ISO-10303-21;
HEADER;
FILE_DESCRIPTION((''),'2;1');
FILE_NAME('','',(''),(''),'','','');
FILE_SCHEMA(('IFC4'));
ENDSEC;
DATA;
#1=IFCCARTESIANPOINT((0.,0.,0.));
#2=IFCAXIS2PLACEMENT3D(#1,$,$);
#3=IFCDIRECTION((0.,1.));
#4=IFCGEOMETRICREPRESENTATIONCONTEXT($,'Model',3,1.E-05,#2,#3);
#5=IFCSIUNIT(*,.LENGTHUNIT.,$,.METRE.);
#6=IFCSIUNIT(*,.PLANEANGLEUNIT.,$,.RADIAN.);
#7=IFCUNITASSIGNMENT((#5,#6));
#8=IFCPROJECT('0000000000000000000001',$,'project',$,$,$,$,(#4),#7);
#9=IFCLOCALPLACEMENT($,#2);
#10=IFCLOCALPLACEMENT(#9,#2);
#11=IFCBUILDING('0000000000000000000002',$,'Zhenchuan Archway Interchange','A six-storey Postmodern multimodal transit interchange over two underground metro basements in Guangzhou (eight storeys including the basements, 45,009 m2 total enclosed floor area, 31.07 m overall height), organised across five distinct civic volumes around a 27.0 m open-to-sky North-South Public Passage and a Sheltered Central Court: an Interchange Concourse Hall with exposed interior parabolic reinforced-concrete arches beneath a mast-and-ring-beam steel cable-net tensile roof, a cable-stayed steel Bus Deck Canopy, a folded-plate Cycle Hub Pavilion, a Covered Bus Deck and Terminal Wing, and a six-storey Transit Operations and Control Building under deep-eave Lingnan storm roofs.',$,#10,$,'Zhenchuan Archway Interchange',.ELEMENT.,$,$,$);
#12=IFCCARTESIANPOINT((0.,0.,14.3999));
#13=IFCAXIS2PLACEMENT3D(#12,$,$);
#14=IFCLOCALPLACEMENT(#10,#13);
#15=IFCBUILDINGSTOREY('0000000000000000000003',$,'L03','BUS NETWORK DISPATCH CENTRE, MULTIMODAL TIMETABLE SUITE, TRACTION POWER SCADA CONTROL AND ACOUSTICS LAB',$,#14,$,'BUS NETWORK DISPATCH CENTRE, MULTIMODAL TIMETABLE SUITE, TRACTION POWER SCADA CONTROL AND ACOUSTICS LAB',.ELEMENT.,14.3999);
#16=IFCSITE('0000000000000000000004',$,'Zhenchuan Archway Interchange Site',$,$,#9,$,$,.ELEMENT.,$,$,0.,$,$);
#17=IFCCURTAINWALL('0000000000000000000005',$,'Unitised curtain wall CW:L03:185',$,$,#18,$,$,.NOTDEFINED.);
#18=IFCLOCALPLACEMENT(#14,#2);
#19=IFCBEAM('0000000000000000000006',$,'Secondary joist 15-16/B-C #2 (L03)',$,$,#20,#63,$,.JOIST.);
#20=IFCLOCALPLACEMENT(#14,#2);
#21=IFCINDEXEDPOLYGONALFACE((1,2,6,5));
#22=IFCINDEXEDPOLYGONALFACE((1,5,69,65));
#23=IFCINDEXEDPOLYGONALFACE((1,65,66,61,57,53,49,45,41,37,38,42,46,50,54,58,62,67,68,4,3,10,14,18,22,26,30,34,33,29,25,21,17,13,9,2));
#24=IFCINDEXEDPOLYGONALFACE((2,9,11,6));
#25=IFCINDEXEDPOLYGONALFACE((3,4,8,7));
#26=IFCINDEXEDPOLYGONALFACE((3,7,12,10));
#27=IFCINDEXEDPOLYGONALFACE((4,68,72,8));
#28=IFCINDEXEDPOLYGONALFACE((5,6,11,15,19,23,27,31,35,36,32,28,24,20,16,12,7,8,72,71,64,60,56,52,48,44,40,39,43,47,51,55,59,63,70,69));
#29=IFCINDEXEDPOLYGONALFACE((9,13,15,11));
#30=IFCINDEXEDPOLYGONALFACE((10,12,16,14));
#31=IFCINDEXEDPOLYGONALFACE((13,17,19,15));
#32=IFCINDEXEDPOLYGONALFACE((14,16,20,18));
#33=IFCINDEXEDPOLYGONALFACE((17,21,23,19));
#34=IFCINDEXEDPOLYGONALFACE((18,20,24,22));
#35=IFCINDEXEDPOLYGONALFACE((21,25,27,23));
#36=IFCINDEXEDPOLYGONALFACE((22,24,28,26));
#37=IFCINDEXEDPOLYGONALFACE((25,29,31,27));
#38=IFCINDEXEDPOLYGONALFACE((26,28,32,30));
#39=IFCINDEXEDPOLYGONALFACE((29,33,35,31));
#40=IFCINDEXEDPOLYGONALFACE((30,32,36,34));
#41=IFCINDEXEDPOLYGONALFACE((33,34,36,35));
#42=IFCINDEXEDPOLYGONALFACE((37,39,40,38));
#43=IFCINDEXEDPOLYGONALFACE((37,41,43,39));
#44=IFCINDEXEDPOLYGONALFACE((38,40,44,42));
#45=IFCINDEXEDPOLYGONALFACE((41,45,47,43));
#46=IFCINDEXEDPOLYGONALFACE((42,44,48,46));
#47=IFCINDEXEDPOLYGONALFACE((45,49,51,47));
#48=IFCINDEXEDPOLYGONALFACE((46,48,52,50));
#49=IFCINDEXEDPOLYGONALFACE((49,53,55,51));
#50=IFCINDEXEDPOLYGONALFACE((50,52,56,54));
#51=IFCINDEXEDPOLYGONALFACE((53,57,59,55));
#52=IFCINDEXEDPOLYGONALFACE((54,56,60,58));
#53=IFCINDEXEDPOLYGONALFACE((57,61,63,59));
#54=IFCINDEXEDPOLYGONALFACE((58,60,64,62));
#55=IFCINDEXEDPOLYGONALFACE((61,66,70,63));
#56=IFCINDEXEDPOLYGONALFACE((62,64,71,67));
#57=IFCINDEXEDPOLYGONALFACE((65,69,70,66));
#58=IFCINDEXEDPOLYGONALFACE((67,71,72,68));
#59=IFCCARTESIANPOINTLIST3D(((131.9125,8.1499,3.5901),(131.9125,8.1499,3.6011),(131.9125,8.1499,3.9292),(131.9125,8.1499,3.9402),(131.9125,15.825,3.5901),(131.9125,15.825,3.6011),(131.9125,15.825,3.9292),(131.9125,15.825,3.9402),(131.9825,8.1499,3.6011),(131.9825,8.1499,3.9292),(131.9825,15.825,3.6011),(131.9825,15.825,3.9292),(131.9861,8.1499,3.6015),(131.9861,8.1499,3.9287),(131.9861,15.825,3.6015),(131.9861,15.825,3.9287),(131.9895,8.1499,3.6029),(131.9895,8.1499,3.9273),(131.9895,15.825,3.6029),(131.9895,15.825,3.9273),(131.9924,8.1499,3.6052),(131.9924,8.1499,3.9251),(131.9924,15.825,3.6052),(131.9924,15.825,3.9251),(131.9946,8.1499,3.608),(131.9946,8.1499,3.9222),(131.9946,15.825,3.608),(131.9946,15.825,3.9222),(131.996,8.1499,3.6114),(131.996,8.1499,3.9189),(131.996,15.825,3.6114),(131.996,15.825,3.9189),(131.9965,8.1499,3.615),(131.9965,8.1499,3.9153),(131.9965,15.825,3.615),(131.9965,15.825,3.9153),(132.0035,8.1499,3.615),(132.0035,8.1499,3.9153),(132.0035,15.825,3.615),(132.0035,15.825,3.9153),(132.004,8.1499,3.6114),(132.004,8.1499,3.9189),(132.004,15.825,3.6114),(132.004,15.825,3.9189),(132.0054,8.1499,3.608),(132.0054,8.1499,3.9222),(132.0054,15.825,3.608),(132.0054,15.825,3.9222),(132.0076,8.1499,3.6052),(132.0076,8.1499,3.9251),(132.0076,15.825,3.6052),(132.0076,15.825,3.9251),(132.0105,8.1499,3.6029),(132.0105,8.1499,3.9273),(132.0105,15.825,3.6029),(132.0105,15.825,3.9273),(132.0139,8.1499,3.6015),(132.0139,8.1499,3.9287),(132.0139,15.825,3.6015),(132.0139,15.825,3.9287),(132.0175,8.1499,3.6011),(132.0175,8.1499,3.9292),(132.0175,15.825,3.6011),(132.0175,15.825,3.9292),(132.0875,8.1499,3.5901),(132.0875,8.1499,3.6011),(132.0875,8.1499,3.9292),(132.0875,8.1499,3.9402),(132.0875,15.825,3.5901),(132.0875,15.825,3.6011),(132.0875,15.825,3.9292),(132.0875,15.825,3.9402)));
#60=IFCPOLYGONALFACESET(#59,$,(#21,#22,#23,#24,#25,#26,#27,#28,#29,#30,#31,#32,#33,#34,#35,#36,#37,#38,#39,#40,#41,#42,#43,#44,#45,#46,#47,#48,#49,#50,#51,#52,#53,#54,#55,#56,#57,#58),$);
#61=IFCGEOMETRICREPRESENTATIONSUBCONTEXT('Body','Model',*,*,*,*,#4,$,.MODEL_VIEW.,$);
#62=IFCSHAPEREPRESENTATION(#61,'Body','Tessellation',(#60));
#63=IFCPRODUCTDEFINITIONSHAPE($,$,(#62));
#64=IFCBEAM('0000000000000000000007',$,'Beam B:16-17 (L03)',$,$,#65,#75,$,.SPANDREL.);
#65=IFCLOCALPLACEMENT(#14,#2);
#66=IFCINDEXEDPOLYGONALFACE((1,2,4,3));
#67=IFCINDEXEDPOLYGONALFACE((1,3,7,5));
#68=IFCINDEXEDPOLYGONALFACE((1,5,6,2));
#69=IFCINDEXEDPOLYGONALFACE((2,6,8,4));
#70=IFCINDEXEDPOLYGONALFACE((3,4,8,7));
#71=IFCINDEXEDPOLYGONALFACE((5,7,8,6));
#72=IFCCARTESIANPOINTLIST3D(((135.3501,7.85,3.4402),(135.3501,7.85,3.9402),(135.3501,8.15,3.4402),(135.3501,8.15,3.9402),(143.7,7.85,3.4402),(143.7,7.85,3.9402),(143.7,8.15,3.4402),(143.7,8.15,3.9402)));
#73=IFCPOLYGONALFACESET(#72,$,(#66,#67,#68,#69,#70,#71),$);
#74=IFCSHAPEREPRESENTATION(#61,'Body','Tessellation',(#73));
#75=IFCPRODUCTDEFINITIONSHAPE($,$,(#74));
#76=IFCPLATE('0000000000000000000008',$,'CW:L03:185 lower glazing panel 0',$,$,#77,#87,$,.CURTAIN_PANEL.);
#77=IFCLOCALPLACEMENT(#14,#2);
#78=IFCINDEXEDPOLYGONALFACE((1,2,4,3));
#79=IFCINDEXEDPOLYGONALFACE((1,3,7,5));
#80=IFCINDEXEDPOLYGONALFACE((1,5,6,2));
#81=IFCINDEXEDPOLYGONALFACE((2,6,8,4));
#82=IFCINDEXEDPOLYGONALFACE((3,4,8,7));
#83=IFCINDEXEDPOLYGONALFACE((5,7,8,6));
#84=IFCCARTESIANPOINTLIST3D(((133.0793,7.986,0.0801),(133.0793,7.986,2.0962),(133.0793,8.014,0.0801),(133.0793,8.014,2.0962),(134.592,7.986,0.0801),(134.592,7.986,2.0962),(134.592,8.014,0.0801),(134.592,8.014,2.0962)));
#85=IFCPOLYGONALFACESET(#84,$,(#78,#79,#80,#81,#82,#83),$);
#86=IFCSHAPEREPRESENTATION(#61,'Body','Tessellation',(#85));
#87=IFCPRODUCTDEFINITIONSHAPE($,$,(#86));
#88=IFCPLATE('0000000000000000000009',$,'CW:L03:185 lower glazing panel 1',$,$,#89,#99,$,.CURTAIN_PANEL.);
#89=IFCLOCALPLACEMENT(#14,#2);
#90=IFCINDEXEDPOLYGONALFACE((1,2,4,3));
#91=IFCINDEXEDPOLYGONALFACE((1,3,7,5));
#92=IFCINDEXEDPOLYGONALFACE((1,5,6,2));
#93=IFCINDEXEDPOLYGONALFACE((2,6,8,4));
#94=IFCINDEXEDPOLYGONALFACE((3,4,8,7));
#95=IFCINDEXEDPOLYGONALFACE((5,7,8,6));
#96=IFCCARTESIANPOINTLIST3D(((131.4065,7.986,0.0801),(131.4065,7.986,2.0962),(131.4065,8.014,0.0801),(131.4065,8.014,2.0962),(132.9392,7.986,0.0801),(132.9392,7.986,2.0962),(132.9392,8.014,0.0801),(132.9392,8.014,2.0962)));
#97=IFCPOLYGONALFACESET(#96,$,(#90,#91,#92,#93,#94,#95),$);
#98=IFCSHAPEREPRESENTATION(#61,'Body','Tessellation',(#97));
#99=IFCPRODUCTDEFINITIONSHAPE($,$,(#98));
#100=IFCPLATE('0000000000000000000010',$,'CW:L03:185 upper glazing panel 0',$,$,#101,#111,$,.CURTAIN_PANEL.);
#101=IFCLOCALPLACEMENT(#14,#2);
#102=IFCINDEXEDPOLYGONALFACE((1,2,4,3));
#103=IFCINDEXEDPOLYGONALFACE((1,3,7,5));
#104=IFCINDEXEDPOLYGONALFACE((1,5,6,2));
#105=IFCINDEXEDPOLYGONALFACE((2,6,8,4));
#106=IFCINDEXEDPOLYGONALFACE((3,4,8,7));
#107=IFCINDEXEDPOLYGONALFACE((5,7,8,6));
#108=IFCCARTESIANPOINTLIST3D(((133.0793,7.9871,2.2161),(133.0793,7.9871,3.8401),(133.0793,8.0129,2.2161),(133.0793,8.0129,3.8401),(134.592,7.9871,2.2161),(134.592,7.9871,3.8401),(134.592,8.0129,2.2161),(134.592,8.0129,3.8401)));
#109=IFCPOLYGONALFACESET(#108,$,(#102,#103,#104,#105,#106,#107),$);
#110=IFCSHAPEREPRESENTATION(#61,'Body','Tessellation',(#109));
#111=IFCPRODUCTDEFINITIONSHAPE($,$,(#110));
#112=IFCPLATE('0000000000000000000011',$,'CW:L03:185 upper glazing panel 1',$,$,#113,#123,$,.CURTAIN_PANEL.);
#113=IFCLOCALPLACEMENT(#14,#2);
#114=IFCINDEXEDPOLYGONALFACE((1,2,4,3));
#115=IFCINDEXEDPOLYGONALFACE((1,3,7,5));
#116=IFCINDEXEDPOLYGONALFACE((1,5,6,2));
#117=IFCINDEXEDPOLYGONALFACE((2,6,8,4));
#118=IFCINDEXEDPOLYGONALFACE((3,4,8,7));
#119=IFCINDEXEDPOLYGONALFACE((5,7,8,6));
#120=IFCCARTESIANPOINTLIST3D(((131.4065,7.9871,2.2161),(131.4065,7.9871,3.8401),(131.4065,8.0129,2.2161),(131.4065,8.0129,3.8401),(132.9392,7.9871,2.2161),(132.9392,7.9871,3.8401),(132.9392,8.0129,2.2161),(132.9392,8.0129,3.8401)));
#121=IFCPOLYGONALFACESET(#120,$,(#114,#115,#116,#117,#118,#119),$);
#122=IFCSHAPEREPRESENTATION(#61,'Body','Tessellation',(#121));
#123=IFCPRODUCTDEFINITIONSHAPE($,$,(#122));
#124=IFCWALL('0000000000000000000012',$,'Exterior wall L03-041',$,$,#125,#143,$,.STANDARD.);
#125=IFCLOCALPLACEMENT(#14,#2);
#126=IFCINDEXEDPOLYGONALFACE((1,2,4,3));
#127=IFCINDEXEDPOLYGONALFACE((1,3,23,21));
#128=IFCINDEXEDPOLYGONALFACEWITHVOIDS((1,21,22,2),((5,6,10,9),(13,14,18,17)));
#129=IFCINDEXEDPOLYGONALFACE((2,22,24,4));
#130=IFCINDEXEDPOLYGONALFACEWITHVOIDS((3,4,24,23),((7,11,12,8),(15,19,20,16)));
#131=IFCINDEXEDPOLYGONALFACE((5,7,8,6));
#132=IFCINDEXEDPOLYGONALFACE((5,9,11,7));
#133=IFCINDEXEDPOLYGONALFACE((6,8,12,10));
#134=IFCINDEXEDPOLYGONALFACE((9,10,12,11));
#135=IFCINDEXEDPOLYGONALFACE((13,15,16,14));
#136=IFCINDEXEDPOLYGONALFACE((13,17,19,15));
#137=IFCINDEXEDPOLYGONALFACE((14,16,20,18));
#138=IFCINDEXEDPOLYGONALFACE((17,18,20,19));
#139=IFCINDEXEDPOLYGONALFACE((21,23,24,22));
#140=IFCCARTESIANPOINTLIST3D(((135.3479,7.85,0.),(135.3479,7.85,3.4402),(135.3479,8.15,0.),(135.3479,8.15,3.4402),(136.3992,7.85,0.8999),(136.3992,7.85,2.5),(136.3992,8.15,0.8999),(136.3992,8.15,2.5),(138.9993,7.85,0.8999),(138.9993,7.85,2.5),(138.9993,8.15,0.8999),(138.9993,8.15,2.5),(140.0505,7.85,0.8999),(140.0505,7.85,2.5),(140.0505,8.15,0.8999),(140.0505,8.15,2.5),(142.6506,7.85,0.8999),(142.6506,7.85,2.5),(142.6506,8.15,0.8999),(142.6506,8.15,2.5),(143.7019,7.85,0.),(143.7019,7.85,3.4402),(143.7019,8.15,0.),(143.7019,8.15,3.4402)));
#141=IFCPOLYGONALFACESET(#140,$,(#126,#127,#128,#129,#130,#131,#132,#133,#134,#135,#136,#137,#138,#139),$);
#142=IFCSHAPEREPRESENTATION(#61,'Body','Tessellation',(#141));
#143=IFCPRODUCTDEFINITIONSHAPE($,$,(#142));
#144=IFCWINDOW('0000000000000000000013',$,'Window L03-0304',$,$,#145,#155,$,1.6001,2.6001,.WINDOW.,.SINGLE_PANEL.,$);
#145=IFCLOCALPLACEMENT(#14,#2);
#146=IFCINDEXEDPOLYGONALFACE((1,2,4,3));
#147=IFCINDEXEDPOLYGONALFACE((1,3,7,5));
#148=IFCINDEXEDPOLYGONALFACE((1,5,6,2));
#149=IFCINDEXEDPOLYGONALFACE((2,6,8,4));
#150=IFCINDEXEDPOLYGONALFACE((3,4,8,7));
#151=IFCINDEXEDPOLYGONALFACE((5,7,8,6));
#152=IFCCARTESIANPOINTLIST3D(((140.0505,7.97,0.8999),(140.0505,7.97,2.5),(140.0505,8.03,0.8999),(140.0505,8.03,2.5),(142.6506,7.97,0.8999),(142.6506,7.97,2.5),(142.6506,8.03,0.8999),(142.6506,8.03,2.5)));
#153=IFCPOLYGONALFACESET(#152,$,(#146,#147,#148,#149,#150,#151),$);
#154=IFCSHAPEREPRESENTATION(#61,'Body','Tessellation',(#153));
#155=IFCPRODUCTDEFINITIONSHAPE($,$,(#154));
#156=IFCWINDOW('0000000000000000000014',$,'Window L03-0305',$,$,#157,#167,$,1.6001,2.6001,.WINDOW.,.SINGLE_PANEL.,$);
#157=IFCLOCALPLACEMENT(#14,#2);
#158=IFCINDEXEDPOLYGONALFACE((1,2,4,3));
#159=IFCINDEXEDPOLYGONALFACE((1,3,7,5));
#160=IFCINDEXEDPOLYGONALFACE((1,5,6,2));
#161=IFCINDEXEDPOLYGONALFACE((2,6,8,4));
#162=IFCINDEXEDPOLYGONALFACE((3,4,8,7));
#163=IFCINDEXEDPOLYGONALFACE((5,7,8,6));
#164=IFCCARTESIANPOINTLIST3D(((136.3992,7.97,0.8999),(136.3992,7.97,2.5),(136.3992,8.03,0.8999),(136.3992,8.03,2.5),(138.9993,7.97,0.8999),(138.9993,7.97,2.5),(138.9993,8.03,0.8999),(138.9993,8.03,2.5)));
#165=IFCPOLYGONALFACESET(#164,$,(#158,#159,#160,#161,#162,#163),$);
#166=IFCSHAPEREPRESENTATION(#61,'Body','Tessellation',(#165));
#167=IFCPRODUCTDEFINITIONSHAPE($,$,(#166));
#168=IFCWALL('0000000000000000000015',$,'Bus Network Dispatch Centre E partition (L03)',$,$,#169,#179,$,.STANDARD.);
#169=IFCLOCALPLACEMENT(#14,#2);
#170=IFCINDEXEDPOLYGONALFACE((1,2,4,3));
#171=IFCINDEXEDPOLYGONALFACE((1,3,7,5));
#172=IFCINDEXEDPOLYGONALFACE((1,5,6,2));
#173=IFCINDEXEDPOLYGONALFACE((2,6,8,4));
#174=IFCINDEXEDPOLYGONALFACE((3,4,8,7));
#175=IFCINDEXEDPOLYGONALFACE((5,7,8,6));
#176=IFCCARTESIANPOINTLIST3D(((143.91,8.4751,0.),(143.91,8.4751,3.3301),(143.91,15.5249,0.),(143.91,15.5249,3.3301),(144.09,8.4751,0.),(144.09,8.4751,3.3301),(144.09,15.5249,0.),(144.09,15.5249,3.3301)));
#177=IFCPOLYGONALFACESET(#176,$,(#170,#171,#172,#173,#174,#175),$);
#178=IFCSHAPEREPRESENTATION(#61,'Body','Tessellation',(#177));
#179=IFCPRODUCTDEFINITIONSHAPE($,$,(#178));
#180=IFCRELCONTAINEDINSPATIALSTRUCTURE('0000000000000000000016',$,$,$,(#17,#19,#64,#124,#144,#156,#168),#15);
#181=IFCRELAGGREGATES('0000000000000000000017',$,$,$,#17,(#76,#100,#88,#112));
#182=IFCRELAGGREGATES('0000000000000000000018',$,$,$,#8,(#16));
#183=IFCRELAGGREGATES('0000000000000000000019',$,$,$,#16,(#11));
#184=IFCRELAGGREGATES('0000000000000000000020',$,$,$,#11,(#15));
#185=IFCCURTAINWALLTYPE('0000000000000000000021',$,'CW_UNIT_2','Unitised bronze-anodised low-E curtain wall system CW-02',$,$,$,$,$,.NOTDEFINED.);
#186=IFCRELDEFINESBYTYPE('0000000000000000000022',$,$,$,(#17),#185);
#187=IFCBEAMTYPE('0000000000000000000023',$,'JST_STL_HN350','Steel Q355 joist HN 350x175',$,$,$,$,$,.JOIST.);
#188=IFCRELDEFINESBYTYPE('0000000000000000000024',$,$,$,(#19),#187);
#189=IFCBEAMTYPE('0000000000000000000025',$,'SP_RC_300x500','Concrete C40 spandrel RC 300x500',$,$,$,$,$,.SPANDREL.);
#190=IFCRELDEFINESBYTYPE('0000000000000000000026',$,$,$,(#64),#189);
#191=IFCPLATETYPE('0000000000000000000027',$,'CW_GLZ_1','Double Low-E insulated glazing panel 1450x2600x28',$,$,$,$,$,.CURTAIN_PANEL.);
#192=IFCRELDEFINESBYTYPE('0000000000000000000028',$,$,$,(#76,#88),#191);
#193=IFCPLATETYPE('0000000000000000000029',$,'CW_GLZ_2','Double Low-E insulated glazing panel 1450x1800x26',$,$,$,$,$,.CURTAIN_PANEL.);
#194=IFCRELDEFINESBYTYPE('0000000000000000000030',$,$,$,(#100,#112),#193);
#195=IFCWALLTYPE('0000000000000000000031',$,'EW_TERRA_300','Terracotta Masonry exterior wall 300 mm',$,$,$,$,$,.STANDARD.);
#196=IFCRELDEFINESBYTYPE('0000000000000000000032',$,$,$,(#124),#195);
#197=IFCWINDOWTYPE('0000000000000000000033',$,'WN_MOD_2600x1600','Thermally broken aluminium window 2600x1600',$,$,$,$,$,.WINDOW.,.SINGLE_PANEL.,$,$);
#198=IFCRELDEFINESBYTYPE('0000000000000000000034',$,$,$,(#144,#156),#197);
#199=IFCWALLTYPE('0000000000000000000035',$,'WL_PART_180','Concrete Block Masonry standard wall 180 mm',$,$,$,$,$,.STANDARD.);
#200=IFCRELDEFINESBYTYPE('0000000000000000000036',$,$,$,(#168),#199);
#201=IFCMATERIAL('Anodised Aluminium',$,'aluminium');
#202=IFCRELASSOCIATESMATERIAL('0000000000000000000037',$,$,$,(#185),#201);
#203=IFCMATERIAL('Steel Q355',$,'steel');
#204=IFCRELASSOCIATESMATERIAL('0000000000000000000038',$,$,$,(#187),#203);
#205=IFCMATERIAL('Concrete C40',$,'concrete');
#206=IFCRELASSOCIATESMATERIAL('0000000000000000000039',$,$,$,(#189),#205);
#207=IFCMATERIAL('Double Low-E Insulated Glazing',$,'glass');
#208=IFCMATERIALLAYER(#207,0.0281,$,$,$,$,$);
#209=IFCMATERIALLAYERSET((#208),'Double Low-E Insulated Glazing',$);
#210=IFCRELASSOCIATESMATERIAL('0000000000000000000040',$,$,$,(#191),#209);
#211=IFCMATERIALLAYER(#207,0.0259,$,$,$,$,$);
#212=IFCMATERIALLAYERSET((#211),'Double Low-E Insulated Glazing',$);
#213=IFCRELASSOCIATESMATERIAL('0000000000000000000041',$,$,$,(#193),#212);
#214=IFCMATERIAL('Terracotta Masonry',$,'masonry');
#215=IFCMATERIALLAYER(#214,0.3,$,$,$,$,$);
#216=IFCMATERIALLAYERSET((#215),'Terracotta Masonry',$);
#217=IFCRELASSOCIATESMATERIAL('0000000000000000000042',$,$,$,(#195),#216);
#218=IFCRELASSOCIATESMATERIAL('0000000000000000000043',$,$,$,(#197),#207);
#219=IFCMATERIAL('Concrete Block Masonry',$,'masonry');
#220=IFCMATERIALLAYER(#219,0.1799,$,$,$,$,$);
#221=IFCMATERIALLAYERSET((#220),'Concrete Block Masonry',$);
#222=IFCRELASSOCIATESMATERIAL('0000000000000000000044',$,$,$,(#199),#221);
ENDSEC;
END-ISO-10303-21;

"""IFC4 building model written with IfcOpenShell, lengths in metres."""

from ifc_helpers import new_model, si_unit, direction, frame, frame_2d, origin, origin_2d, place, context, subcontext, project, spatial, rectangle, i_section, extrude, material, layer, layer_set, material_profile, profile_set, type_object, element, fill, aggregate, save


model = new_model("IFC4")

# Units and contexts
model_context = context("Model", 3, precision=1e-05, world=origin(), true_north=direction((0.0, 1.0)))
body_context = subcontext(model_context, "Body", "Model", "MODEL_VIEW")
ifc_project = project(units=[si_unit("LENGTHUNIT", "METRE"), si_unit("PLANEANGLEUNIT", "RADIAN")], contexts=[model_context])

# Site, building, storey
site_placement = place(None, origin())
site = spatial("IfcSite", under=ifc_project, at=site_placement, Name="Zhenchuan Archway Interchange Site", CompositionType="ELEMENT", RefElevation=0.0)
building_placement = place(site_placement, origin())
building = spatial("IfcBuilding", under=site, at=building_placement, Name="Zhenchuan Archway Interchange", Description="A six-storey Postmodern multimodal transit interchange over two underground metro basements in Guangzhou (eight storeys including the basements, 45,009 m2 total enclosed floor area, 31.07 m overall height), organised across five distinct civic volumes around a 27.0 m open-to-sky North-South Public Passage and a Sheltered Central Court: an Interchange Concourse Hall with exposed interior parabolic reinforced-concrete arches beneath a mast-and-ring-beam steel cable-net tensile roof, a cable-stayed steel Bus Deck Canopy, a folded-plate Cycle Hub Pavilion, a Covered Bus Deck and Terminal Wing, and a six-storey Transit Operations and Control Building under deep-eave Lingnan storm roofs.", LongName="Zhenchuan Archway Interchange", CompositionType="ELEMENT")
storey_placement = place(building_placement, frame((0.0, 0.0, 14.3999)))
storey = spatial("IfcBuildingStorey", under=building, at=storey_placement, Name="L03", Description="BUS NETWORK DISPATCH CENTRE, MULTIMODAL TIMETABLE SUITE, TRACTION POWER SCADA CONTROL AND ACOUSTICS LAB", LongName="BUS NETWORK DISPATCH CENTRE, MULTIMODAL TIMETABLE SUITE, TRACTION POWER SCADA CONTROL AND ACOUSTICS LAB", CompositionType="ELEMENT", Elevation=14.3999)

# Shared definitions
ifc_material_1 = material(Name="Concrete C40", Category="concrete")

# Curtain wall
ifc_material_2 = material(Name="Anodised Aluminium", Category="aluminium")
curtain_wall_type = type_object("IfcCurtainWallType", Name="CW_UNIT_2", Description="Unitised bronze-anodised low-E curtain wall system CW-02", PredefinedType="NOTDEFINED", material=ifc_material_2)
curtain_wall_placement = place(storey_placement, origin())
curtain_wall = element("IfcCurtainWall", 1, at=curtain_wall_placement, inside=storey, type_object=curtain_wall_type, Name="Unitised curtain wall CW:L03:185", PredefinedType="NOTDEFINED")

# Beams
ifc_material_3 = material(Name="Steel Q355", Category="steel")
ifc_material_profile_1 = material_profile(ifc_material_3, i_section(OverallWidth=0.175, OverallDepth=0.3501, WebThickness=0.0071, FlangeThickness=0.011, FilletRadius=0.0139, at=origin_2d()), Name="HN 350x175")
ifc_profile_set_1 = profile_set([ifc_material_profile_1], Name="Steel Q355")
beam_type_1 = type_object("IfcBeamType", Name="JST_STL_HN350", Description="Steel Q355 joist HN 350x175", PredefinedType="JOIST", material=ifc_profile_set_1)
beam_1_placement = place(storey_placement, frame((132.0, 8.1499, 3.7651), z_axis=(0.0, 1.0, 0.0), x_axis=(-1.0, 0.0, 0.0)))
element("IfcBeam", 2, at=beam_1_placement, inside=storey, type_object=beam_type_1, Name="Secondary joist 15-16/B-C #2 (L03)", PredefinedType="JOIST", context=body_context, shape_type="SweptSolid", body=[
    extrude(i_section(OverallWidth=0.175, OverallDepth=0.3501, WebThickness=0.0071, FlangeThickness=0.011, FilletRadius=0.0139, at=origin_2d()), origin(), (0.0, 0.0, 1.0), 7.675),
])
ifc_material_profile_2 = material_profile(ifc_material_1, rectangle(XDim=0.3, YDim=0.5, at=origin_2d()), Name="RC 300x500")
ifc_profile_set_2 = profile_set([ifc_material_profile_2], Name="Concrete C40")
beam_type_2 = type_object("IfcBeamType", Name="SP_RC_300x500", Description="Concrete C40 spandrel RC 300x500", PredefinedType="SPANDREL", material=ifc_profile_set_2)
beam_2_placement = place(storey_placement, frame((135.3501, 8.0, 3.6902), z_axis=(1.0, 0.0, 0.0), x_axis=(0.0, 1.0, 0.0)))
element("IfcBeam", 3, at=beam_2_placement, inside=storey, type_object=beam_type_2, Name="Beam B:16-17 (L03)", PredefinedType="SPANDREL", context=body_context, shape_type="SweptSolid", body=[
    extrude(rectangle(XDim=0.3, YDim=0.5, at=origin_2d()), origin(), (0.0, 0.0, 1.0), 8.3499),
])

# Plates
ifc_material_4 = material(Name="Double Low-E Insulated Glazing", Category="glass")
ifc_layer_1 = layer(ifc_material_4, 0.0281)
ifc_layer_set_1 = layer_set([ifc_layer_1], Name="Double Low-E Insulated Glazing")
plate_type_1 = type_object("IfcPlateType", Name="CW_GLZ_1", Description="Double Low-E insulated glazing panel 1450x2600x28", PredefinedType="CURTAIN_PANEL", material=ifc_layer_set_1)
plate_1_placement = place(storey_placement, frame((133.8357, 8.0, 0.0801), z_axis=(0.0, 0.0, 1.0), x_axis=(-1.0, 0.0, 0.0)))
plate_1 = element("IfcPlate", 4, at=plate_1_placement, type_object=plate_type_1, Name="CW:L03:185 lower glazing panel 0", PredefinedType="CURTAIN_PANEL", context=body_context, shape_type="SweptSolid", body=[
    extrude(rectangle(XDim=1.5127, YDim=0.0281, at=origin_2d()), origin(), (0.0, 0.0, 1.0), 2.0161),
])
plate_2_placement = place(storey_placement, frame((132.1729, 8.0, 0.0801), z_axis=(0.0, 0.0, 1.0), x_axis=(-1.0, 0.0, 0.0)))
plate_2 = element("IfcPlate", 5, at=plate_2_placement, type_object=plate_type_1, Name="CW:L03:185 lower glazing panel 1", PredefinedType="CURTAIN_PANEL", context=body_context, shape_type="SweptSolid", body=[
    extrude(rectangle(XDim=1.5327, YDim=0.0281, at=origin_2d()), origin(), (0.0, 0.0, 1.0), 2.0161),
])
ifc_layer_2 = layer(ifc_material_4, 0.0259)
ifc_layer_set_2 = layer_set([ifc_layer_2], Name="Double Low-E Insulated Glazing")
plate_type_2 = type_object("IfcPlateType", Name="CW_GLZ_2", Description="Double Low-E insulated glazing panel 1450x1800x26", PredefinedType="CURTAIN_PANEL", material=ifc_layer_set_2)
plate_3_placement = place(storey_placement, frame((133.8357, 8.0, 2.2161), z_axis=(0.0, 0.0, 1.0), x_axis=(-1.0, 0.0, 0.0)))
plate_3 = element("IfcPlate", 6, at=plate_3_placement, type_object=plate_type_2, Name="CW:L03:185 upper glazing panel 0", PredefinedType="CURTAIN_PANEL", context=body_context, shape_type="SweptSolid", body=[
    extrude(rectangle(XDim=1.5127, YDim=0.0259, at=origin_2d()), origin(), (0.0, 0.0, 1.0), 1.624),
])
plate_4_placement = place(storey_placement, frame((132.1729, 8.0, 2.2161), z_axis=(0.0, 0.0, 1.0), x_axis=(-1.0, 0.0, 0.0)))
plate_4 = element("IfcPlate", 7, at=plate_4_placement, type_object=plate_type_2, Name="CW:L03:185 upper glazing panel 1", PredefinedType="CURTAIN_PANEL", context=body_context, shape_type="SweptSolid", body=[
    extrude(rectangle(XDim=1.5327, YDim=0.0259, at=origin_2d()), origin(), (0.0, 0.0, 1.0), 1.624),
])
aggregate(curtain_wall, [plate_1, plate_3, plate_2, plate_4])

# Wall, openings, windows
ifc_material_5 = material(Name="Terracotta Masonry", Category="masonry")
ifc_layer_3 = layer(ifc_material_5, 0.3)
ifc_layer_set_3 = layer_set([ifc_layer_3], Name="Terracotta Masonry")
wall_type_1 = type_object("IfcWallType", Name="EW_TERRA_300", Description="Terracotta Masonry exterior wall 300 mm", PredefinedType="STANDARD", material=ifc_layer_set_3)
wall_1_placement = place(storey_placement, frame((143.7019, 8.0, 0.0), z_axis=(0.0, 0.0, 1.0), x_axis=(-1.0, 0.0, 0.0)))
wall_1 = element("IfcWall", 8, at=wall_1_placement, inside=storey, type_object=wall_type_1, Name="Exterior wall L03-041", PredefinedType="STANDARD", context=body_context, shape_type="SweptSolid", body=[
    extrude(rectangle(XDim=8.354, YDim=0.3, at=frame_2d((4.177, 0.0))), origin(), (0.0, 0.0, 1.0), 3.4402),
])
opening_1_placement = place(wall_1_placement, frame((1.0513, 0.0, 0.8999)))
opening_1 = element("IfcOpeningElement", 9, at=opening_1_placement, cuts=wall_1, PredefinedType="OPENING", context=body_context, shape_type="SweptSolid", body=[
    extrude(rectangle(XDim=2.6001, YDim=1.6001, at=frame_2d((1.3, 0.8))), frame((0.0, 0.1621, 0.0), z_axis=(0.0, -1.0, 0.0), x_axis=(1.0, 0.0, 0.0)), (0.0, 0.0, 1.0), 0.324),
])
opening_2_placement = place(wall_1_placement, frame((4.7026, 0.0, 0.8999)))
opening_2 = element("IfcOpeningElement", 10, at=opening_2_placement, cuts=wall_1, PredefinedType="OPENING", context=body_context, shape_type="SweptSolid", body=[
    extrude(rectangle(XDim=2.6001, YDim=1.6001, at=frame_2d((1.3, 0.8))), frame((0.0, 0.1621, 0.0), z_axis=(0.0, -1.0, 0.0), x_axis=(1.0, 0.0, 0.0)), (0.0, 0.0, 1.0), 0.324),
])
window_type = type_object("IfcWindowType", Name="WN_MOD_2600x1600", Description="Thermally broken aluminium window 2600x1600", PartitioningType="SINGLE_PANEL", PredefinedType="WINDOW", material=ifc_material_4)
window_1_placement = place(opening_1_placement, origin())
window_1 = element("IfcWindow", 11, at=window_1_placement, inside=storey, type_object=window_type, Name="Window L03-0304", OverallHeight=1.6001, OverallWidth=2.6001, PartitioningType="SINGLE_PANEL", PredefinedType="WINDOW", context=body_context, shape_type="SweptSolid", body=[
    extrude(rectangle(XDim=2.6001, YDim=1.6001, at=frame_2d((1.3, 0.8))), frame((0.0, 0.03, 0.0), z_axis=(0.0, -1.0, 0.0), x_axis=(1.0, 0.0, 0.0)), (0.0, 0.0, 1.0), 0.0601),
])
fill(opening_1, window_1)
window_2_placement = place(opening_2_placement, origin())
window_2 = element("IfcWindow", 12, at=window_2_placement, inside=storey, type_object=window_type, Name="Window L03-0305", OverallHeight=1.6001, OverallWidth=2.6001, PartitioningType="SINGLE_PANEL", PredefinedType="WINDOW", context=body_context, shape_type="SweptSolid", body=[
    extrude(rectangle(XDim=2.6001, YDim=1.6001, at=frame_2d((1.3, 0.8))), frame((0.0, 0.03, 0.0), z_axis=(0.0, -1.0, 0.0), x_axis=(1.0, 0.0, 0.0)), (0.0, 0.0, 1.0), 0.0601),
])
fill(opening_2, window_2)

# Wall
ifc_material_6 = material(Name="Concrete Block Masonry", Category="masonry")
ifc_layer_4 = layer(ifc_material_6, 0.1799)
ifc_layer_set_4 = layer_set([ifc_layer_4], Name="Concrete Block Masonry")
wall_type_2 = type_object("IfcWallType", Name="WL_PART_180", Description="Concrete Block Masonry standard wall 180 mm", PredefinedType="STANDARD", material=ifc_layer_set_4)
wall_2_placement = place(storey_placement, frame((144.0, 8.4751, 0.0), z_axis=(0.0, 0.0, 1.0), x_axis=(0.0, 1.0, 0.0)))
element("IfcWall", 13, at=wall_2_placement, inside=storey, type_object=wall_type_2, Name="Bus Network Dispatch Centre E partition (L03)", PredefinedType="STANDARD", context=body_context, shape_type="SweptSolid", body=[
    extrude(rectangle(XDim=7.0498, YDim=0.1799, at=frame_2d((3.5249, 0.0))), origin(), (0.0, 0.0, 1.0), 3.3301),
])

save(model, "model.ifc")
